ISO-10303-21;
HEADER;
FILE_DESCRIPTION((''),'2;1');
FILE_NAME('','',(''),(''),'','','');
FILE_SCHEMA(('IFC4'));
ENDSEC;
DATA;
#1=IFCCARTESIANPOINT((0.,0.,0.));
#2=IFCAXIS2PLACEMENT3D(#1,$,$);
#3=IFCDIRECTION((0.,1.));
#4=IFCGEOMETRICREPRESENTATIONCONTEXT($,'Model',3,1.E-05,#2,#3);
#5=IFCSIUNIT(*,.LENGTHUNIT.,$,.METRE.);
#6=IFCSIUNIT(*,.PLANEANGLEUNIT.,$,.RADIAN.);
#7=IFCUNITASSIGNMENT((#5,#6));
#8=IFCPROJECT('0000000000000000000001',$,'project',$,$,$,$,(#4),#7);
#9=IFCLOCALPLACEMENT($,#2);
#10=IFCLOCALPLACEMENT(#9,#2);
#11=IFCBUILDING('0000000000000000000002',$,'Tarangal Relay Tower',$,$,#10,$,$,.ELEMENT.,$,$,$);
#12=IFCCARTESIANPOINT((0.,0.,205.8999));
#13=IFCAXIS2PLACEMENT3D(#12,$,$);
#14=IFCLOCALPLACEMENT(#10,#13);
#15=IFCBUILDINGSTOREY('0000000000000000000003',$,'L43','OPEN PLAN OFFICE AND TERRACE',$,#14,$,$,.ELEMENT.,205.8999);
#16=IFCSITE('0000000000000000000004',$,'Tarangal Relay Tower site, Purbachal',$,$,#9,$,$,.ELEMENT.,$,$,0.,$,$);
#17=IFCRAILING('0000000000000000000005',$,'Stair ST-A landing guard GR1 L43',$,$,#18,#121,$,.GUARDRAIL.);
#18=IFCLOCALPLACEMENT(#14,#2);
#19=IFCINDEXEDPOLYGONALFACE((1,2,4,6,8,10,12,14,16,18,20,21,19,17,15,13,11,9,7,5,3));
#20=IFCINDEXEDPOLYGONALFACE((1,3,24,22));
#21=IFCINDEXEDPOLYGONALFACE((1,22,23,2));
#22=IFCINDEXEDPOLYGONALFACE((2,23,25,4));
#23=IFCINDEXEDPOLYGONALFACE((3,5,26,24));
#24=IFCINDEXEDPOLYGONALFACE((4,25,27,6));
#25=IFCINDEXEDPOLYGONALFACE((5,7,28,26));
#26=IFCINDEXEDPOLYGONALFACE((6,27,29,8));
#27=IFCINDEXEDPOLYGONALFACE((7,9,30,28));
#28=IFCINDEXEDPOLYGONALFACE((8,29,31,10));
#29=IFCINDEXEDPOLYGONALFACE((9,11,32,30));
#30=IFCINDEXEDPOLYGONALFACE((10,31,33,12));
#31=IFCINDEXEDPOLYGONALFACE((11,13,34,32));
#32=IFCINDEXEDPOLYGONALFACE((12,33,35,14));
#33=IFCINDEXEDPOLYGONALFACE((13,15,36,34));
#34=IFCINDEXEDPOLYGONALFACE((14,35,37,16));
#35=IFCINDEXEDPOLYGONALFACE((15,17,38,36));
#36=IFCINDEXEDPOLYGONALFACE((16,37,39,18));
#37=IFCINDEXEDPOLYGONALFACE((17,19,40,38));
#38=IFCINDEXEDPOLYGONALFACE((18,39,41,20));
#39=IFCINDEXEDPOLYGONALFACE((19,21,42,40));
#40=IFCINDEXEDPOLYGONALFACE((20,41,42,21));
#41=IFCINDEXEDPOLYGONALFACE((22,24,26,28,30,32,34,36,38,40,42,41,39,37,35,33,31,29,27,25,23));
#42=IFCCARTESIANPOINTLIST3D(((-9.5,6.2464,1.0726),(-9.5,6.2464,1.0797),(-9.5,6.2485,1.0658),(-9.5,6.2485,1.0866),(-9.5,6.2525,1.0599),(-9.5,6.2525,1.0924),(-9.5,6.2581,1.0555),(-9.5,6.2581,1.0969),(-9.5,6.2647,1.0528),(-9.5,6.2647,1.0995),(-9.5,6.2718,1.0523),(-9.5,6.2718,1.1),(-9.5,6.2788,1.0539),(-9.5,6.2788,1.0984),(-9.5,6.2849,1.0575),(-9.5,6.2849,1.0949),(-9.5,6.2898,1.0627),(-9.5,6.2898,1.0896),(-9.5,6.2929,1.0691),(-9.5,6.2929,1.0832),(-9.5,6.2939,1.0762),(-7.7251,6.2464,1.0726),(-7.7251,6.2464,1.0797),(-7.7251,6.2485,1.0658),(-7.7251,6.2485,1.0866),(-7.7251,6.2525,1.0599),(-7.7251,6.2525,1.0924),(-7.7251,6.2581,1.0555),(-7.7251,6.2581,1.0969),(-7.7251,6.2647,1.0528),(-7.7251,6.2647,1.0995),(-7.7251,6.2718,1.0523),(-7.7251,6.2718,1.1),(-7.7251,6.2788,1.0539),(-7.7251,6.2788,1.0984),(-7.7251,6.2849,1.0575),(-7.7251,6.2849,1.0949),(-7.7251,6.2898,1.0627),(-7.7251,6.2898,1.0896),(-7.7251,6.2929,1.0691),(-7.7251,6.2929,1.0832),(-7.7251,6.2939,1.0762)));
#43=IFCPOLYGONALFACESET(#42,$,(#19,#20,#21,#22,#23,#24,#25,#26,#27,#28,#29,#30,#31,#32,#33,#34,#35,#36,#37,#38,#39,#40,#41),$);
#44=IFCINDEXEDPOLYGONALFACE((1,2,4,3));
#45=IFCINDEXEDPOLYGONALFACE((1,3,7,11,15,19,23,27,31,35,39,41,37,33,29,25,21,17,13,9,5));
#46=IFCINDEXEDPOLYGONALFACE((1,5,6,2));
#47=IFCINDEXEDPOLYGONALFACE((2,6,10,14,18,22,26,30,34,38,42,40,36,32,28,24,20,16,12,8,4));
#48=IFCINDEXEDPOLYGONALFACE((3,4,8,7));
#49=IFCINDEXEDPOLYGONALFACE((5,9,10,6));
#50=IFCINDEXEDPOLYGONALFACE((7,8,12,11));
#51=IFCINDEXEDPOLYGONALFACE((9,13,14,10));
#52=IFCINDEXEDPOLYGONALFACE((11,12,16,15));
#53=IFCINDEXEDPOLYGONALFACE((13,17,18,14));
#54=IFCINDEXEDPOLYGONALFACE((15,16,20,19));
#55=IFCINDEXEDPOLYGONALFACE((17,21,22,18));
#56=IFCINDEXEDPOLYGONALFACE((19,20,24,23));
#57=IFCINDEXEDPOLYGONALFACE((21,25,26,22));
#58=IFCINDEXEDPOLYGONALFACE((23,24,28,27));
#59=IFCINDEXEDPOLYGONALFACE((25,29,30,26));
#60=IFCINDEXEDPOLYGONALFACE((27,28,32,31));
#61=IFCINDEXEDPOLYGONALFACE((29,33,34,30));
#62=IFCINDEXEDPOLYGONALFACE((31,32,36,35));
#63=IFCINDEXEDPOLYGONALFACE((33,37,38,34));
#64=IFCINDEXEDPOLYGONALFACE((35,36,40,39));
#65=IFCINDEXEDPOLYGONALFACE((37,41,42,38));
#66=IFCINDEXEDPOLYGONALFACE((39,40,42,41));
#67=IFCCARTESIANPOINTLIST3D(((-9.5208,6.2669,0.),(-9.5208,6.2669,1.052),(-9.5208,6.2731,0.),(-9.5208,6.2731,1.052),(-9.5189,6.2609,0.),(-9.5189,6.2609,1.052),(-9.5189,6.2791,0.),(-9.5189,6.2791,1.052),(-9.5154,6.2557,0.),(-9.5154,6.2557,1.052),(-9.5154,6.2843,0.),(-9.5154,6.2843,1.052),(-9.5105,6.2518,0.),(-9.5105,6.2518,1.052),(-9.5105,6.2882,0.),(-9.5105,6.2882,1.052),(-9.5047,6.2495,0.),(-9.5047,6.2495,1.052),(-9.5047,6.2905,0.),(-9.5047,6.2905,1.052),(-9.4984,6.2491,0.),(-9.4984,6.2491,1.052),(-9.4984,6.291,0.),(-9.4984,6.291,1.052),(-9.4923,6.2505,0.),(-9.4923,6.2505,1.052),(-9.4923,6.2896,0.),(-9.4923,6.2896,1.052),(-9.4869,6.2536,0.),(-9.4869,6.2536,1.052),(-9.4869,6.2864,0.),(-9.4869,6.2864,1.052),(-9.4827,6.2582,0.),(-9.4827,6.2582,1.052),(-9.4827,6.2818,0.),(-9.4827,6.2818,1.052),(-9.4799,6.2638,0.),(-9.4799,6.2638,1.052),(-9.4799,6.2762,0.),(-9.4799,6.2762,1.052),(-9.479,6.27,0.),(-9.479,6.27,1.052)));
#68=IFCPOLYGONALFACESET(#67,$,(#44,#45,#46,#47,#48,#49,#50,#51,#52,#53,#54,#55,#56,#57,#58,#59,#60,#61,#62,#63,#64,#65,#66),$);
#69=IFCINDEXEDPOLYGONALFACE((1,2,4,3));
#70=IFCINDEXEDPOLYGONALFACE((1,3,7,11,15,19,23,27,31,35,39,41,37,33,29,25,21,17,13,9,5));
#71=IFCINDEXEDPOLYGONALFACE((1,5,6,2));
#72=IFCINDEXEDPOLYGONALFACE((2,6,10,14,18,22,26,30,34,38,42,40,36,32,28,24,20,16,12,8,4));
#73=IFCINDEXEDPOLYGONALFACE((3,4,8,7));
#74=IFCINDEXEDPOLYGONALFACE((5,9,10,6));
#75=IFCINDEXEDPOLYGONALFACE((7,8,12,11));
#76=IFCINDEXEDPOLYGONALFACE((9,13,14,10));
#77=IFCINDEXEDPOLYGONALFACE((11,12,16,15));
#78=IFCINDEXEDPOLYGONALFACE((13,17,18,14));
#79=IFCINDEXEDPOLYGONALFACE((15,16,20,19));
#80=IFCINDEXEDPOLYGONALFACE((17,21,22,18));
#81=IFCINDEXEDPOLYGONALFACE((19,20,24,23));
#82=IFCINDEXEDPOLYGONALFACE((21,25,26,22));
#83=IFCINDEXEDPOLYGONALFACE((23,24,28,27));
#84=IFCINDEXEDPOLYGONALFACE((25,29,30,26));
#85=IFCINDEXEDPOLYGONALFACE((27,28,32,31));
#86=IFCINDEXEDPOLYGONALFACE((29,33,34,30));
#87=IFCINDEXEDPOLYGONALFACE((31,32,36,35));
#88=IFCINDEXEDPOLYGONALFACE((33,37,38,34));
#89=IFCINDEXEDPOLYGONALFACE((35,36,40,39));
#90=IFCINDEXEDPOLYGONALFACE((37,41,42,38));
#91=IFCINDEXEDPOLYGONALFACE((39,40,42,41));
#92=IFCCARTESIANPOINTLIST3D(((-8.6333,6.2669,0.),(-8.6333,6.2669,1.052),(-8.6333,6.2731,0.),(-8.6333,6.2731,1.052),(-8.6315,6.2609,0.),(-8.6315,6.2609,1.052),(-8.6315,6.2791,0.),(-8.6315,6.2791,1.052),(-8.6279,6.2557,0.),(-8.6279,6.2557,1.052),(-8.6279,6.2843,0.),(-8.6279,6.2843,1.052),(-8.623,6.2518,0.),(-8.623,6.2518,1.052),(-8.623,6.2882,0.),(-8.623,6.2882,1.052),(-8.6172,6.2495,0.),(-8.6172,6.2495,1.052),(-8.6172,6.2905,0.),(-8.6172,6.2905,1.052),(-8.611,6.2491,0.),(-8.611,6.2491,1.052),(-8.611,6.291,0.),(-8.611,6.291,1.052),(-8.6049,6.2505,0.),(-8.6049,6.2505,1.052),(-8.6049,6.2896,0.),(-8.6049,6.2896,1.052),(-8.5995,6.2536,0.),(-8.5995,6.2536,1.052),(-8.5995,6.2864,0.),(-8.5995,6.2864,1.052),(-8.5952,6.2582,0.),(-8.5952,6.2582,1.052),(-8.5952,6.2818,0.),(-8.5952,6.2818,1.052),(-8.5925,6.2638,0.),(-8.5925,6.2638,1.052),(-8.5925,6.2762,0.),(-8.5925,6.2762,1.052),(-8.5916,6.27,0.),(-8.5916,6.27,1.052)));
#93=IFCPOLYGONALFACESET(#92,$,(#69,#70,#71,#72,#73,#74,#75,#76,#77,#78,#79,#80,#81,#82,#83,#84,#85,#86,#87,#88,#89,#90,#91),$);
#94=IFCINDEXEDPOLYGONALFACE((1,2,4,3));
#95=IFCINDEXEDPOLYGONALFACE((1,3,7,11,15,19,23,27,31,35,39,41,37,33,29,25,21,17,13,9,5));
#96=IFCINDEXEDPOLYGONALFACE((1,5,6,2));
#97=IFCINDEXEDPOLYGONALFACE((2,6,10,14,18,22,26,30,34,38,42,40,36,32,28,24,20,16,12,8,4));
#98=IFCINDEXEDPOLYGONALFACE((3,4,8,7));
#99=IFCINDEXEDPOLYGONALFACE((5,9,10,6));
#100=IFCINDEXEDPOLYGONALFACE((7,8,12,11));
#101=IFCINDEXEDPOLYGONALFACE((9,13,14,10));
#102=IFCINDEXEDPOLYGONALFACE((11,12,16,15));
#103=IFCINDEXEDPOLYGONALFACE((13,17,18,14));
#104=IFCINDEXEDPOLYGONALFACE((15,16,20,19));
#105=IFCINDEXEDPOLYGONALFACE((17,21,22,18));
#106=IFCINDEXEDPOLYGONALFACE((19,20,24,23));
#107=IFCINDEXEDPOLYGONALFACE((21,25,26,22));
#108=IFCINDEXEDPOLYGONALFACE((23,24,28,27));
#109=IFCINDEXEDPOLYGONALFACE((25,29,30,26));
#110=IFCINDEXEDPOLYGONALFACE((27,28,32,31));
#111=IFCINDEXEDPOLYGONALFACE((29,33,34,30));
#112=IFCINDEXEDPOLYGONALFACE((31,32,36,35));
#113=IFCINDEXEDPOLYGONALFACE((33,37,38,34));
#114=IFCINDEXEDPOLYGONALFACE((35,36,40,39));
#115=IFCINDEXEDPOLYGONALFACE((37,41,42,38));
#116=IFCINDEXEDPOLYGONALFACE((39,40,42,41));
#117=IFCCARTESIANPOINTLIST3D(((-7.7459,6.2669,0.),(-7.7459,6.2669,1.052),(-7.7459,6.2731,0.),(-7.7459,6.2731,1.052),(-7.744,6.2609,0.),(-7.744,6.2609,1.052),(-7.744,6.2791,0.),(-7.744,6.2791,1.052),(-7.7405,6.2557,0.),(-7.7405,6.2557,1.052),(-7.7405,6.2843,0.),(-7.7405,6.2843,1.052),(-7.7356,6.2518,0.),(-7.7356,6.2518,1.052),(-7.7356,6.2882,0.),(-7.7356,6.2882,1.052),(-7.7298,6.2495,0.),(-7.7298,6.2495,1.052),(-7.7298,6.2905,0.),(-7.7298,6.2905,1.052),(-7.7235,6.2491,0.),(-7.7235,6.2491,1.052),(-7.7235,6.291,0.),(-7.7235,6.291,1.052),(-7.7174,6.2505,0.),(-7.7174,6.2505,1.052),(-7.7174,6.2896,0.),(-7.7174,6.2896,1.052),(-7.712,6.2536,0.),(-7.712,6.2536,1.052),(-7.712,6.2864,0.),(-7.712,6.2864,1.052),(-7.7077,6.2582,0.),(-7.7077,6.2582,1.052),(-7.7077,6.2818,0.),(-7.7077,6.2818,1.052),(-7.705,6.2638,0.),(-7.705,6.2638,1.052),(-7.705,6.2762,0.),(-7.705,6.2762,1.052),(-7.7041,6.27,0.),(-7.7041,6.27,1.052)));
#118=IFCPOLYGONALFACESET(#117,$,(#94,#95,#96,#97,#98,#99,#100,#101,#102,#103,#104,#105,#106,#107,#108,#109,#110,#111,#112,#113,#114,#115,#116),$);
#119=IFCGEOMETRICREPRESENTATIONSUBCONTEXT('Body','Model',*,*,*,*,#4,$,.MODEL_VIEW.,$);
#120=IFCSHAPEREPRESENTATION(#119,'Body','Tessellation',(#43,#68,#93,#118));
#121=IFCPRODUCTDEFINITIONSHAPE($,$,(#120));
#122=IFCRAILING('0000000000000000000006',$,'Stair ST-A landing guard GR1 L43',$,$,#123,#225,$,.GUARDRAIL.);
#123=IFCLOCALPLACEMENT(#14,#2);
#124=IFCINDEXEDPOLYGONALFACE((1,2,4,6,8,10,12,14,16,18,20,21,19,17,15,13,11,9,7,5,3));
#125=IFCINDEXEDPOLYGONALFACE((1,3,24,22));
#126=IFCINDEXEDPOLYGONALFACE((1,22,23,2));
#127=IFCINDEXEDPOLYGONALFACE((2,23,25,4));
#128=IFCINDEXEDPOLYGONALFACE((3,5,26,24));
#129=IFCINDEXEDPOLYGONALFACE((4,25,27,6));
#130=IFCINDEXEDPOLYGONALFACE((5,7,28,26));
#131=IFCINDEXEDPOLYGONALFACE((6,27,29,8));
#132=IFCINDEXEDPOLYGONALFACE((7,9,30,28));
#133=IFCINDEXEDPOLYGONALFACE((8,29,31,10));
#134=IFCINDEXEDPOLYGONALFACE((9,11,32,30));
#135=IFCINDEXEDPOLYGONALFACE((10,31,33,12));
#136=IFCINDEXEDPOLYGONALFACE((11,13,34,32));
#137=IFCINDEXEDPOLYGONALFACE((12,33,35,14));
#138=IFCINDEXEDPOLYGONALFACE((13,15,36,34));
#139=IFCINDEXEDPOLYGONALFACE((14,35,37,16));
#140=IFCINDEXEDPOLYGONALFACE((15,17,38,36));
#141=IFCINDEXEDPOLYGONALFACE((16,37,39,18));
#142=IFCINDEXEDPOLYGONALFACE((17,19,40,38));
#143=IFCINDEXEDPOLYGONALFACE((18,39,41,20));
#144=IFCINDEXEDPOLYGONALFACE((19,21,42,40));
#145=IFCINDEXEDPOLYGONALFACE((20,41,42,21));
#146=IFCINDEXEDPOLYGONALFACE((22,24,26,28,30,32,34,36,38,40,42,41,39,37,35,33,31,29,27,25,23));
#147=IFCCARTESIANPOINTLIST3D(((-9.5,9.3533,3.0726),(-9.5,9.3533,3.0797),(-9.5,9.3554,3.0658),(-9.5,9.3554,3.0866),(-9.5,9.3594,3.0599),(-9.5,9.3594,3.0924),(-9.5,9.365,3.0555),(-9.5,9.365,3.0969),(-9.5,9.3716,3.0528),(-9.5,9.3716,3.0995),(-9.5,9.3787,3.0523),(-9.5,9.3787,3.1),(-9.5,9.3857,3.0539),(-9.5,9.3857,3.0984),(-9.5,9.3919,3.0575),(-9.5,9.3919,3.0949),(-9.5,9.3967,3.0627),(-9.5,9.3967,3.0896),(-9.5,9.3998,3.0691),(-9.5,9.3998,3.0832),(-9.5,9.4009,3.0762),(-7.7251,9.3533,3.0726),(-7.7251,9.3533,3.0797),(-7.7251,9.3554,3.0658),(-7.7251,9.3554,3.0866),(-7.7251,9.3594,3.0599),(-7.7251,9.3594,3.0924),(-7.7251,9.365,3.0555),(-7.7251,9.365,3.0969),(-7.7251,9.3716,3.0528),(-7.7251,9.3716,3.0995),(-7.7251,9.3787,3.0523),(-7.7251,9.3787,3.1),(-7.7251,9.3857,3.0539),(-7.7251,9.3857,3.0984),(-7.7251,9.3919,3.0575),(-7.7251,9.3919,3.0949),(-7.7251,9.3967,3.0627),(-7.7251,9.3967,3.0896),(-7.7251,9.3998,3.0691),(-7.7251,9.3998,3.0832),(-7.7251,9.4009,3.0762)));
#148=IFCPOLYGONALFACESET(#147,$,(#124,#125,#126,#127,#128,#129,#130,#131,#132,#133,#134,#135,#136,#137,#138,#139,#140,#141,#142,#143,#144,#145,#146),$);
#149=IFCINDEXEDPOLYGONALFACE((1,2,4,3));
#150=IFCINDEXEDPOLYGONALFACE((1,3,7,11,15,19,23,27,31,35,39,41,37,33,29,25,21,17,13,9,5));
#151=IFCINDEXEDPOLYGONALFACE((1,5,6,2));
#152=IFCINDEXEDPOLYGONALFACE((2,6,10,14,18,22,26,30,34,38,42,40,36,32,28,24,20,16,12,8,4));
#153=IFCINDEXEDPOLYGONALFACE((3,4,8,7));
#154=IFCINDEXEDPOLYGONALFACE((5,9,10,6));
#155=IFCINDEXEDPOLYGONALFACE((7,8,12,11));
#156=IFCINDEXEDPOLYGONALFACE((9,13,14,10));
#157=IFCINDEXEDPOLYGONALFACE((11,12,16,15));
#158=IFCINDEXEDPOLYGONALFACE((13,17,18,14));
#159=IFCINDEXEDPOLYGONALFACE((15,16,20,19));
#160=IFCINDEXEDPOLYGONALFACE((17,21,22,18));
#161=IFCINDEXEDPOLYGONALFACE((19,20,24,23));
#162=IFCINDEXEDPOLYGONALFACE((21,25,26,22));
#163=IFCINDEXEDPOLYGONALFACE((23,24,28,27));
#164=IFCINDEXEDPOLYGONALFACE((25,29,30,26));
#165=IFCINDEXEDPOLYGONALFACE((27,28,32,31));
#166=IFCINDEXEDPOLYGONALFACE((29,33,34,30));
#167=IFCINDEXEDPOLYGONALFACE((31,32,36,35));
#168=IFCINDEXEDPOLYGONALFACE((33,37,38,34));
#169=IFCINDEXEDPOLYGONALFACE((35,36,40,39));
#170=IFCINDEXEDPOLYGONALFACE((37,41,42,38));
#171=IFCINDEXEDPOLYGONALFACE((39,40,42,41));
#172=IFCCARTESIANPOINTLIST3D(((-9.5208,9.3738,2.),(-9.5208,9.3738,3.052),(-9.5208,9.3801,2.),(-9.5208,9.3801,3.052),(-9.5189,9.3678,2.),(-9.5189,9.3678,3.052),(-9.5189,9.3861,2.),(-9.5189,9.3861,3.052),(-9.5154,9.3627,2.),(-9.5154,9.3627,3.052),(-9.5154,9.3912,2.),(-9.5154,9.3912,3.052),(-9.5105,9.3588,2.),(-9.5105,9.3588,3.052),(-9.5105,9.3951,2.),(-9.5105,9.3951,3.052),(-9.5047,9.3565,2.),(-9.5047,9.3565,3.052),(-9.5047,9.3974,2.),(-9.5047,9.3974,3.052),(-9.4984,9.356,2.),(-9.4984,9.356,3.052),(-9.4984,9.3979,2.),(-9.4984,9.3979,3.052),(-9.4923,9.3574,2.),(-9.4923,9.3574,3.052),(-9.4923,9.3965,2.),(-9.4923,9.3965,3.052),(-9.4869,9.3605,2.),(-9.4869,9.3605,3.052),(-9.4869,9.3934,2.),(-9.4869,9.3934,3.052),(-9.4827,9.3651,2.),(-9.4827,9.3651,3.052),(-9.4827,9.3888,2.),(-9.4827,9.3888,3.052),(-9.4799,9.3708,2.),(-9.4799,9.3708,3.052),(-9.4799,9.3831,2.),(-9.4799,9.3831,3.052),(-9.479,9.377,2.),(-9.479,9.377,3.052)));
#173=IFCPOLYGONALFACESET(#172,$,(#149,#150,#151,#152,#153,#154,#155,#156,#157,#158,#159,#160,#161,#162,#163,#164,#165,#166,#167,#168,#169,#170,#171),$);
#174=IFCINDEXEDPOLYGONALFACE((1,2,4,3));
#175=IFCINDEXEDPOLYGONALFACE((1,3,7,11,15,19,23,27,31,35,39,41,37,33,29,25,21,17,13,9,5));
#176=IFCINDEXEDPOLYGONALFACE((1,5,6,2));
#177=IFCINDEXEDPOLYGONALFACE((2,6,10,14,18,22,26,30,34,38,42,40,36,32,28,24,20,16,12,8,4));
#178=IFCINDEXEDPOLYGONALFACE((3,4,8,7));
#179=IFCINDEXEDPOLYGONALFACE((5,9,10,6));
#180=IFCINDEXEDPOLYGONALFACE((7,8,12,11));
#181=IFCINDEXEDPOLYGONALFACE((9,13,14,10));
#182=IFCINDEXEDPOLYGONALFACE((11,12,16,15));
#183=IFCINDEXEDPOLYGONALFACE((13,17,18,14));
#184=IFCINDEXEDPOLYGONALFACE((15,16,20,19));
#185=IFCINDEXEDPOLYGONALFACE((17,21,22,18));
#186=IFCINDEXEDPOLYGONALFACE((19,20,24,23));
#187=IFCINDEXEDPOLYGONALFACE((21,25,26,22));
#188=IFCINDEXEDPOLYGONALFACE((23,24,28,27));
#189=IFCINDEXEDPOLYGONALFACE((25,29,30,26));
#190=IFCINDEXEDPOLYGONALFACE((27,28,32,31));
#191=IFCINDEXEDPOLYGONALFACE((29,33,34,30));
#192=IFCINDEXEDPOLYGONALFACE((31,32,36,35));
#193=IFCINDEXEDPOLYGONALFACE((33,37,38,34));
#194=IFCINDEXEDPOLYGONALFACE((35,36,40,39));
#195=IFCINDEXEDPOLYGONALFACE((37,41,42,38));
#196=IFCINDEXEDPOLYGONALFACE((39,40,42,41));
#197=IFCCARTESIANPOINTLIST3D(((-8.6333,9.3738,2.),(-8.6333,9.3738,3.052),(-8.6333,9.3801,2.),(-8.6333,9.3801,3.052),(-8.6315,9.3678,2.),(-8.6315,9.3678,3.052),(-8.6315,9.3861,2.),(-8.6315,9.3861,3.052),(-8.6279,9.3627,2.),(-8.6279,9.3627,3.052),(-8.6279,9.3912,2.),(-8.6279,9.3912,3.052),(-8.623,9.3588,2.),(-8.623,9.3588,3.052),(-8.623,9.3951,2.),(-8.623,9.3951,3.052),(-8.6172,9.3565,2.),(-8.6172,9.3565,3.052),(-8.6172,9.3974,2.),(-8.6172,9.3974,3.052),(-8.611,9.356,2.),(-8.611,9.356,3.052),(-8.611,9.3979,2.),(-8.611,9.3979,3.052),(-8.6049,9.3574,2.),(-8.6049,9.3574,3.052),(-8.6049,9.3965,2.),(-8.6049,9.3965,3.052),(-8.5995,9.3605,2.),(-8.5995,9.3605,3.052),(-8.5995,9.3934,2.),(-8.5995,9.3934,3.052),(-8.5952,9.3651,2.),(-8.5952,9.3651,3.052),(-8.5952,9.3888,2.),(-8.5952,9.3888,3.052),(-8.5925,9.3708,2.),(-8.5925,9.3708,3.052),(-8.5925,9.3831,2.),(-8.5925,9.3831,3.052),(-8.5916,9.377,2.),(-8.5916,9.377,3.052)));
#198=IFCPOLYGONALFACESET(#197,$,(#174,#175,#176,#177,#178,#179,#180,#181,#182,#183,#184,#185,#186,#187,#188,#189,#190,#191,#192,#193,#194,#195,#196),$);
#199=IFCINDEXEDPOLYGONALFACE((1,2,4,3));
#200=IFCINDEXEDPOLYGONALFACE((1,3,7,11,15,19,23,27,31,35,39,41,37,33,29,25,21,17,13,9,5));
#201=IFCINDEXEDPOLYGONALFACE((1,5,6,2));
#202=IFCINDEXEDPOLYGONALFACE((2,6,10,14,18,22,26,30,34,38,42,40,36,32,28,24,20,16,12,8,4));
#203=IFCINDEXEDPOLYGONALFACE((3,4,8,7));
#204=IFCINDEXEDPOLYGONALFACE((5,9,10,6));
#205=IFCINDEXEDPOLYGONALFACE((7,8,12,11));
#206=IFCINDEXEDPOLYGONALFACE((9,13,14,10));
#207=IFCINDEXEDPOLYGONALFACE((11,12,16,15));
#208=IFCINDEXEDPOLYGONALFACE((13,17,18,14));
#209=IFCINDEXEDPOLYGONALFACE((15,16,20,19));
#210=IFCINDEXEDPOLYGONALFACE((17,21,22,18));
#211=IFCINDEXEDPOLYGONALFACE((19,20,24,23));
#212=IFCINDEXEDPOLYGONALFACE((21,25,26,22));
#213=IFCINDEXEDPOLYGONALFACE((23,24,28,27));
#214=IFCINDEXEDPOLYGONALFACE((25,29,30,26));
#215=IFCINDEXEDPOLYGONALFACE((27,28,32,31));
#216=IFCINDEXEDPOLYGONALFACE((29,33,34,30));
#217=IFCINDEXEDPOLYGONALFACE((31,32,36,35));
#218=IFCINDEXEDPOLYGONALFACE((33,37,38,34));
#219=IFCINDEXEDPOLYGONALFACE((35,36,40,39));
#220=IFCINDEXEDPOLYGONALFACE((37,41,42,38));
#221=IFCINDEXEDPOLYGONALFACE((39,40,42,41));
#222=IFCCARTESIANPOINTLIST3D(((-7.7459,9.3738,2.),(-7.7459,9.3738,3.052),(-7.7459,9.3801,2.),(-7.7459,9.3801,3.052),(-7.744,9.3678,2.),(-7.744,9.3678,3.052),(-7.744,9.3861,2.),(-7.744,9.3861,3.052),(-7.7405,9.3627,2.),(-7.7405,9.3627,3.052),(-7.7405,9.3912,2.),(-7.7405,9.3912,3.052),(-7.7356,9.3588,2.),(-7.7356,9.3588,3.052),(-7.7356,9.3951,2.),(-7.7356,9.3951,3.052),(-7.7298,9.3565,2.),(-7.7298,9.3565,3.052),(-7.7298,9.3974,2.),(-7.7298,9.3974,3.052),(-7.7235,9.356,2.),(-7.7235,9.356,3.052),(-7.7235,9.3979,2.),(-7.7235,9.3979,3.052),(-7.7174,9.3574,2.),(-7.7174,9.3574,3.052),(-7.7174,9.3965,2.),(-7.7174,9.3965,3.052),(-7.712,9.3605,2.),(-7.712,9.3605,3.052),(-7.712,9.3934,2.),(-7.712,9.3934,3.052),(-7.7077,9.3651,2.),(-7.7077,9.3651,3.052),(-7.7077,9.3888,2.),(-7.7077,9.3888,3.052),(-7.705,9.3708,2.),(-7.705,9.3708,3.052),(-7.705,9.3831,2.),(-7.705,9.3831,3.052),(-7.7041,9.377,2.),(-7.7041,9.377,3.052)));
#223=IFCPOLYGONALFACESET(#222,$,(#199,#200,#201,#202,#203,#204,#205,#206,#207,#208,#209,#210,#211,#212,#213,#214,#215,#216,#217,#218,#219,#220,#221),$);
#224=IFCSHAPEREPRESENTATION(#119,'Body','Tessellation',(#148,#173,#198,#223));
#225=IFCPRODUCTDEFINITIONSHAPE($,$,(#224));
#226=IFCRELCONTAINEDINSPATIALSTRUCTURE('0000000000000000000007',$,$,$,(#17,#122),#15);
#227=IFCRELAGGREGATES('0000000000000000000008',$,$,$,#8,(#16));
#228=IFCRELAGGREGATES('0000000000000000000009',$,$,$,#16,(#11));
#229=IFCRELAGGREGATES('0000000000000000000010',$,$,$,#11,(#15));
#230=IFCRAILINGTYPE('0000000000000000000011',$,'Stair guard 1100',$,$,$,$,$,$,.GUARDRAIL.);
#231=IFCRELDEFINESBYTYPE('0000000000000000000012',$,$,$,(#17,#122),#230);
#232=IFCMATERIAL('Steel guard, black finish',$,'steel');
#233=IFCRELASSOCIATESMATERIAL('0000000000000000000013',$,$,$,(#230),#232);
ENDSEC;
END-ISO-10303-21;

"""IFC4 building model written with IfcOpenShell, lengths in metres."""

from ifc_helpers import new_model, si_unit, direction, frame, origin, origin_2d, place, context, subcontext, project, spatial, circle, extrude, material, type_object, element, save


model = new_model("IFC4")

# Units and contexts
model_context = context("Model", 3, precision=1e-05, world=origin(), true_north=direction((0.0, 1.0)))
body_context = subcontext(model_context, "Body", "Model", "MODEL_VIEW")
ifc_project = project(units=[si_unit("LENGTHUNIT", "METRE"), si_unit("PLANEANGLEUNIT", "RADIAN")], contexts=[model_context])

# Site, building, storey
site_placement = place(None, origin())
site = spatial("IfcSite", under=ifc_project, at=site_placement, Name="Tarangal Relay Tower site, Purbachal", CompositionType="ELEMENT", RefElevation=0.0)
building_placement = place(site_placement, origin())
building = spatial("IfcBuilding", under=site, at=building_placement, Name="Tarangal Relay Tower", CompositionType="ELEMENT")
storey_placement = place(building_placement, frame((0.0, 0.0, 205.8999)))
storey = spatial("IfcBuildingStorey", under=building, at=storey_placement, Name="L43", Description="OPEN PLAN OFFICE AND TERRACE", CompositionType="ELEMENT", Elevation=205.8999)

# Railings
ifc_material_1 = material(Name="Steel guard, black finish", Category="steel")
railing_type_1 = type_object("IfcRailingType", Name="Stair guard 1100", PredefinedType="GUARDRAIL", material=ifc_material_1)
for number, where, name in (
    (1, (-9.5, 6.27, 0.0), "Stair ST-A landing guard GR1 L43"),
    (2, (-9.5, 9.377, 2.0), "Stair ST-A landing guard GR1 L43"),
):
    element("IfcRailing", number, at=place(storey_placement, frame(where)), inside=storey, type_object=railing_type_1, Name=name, PredefinedType="GUARDRAIL", context=body_context, shape_type="SweptSolid", body=[
        extrude(circle(Radius=0.0239, at=origin_2d()), frame((0.0, 0.0, 1.0762), z_axis=(1.0, 0.0, 0.0), x_axis=(0.0, 1.0, 0.0)), (0.0, 0.0, 1.0), 1.7749),
        extrude(circle(Radius=0.021, at=origin_2d()), origin(), (0.0, 0.0, 1.0), 1.052),
        extrude(circle(Radius=0.021, at=origin_2d()), frame((0.8875, 0.0, 0.0)), (0.0, 0.0, 1.0), 1.052),
        extrude(circle(Radius=0.021, at=origin_2d()), frame((1.7749, 0.0, 0.0)), (0.0, 0.0, 1.0), 1.052),
    ])

save(model, "model.ifc")
